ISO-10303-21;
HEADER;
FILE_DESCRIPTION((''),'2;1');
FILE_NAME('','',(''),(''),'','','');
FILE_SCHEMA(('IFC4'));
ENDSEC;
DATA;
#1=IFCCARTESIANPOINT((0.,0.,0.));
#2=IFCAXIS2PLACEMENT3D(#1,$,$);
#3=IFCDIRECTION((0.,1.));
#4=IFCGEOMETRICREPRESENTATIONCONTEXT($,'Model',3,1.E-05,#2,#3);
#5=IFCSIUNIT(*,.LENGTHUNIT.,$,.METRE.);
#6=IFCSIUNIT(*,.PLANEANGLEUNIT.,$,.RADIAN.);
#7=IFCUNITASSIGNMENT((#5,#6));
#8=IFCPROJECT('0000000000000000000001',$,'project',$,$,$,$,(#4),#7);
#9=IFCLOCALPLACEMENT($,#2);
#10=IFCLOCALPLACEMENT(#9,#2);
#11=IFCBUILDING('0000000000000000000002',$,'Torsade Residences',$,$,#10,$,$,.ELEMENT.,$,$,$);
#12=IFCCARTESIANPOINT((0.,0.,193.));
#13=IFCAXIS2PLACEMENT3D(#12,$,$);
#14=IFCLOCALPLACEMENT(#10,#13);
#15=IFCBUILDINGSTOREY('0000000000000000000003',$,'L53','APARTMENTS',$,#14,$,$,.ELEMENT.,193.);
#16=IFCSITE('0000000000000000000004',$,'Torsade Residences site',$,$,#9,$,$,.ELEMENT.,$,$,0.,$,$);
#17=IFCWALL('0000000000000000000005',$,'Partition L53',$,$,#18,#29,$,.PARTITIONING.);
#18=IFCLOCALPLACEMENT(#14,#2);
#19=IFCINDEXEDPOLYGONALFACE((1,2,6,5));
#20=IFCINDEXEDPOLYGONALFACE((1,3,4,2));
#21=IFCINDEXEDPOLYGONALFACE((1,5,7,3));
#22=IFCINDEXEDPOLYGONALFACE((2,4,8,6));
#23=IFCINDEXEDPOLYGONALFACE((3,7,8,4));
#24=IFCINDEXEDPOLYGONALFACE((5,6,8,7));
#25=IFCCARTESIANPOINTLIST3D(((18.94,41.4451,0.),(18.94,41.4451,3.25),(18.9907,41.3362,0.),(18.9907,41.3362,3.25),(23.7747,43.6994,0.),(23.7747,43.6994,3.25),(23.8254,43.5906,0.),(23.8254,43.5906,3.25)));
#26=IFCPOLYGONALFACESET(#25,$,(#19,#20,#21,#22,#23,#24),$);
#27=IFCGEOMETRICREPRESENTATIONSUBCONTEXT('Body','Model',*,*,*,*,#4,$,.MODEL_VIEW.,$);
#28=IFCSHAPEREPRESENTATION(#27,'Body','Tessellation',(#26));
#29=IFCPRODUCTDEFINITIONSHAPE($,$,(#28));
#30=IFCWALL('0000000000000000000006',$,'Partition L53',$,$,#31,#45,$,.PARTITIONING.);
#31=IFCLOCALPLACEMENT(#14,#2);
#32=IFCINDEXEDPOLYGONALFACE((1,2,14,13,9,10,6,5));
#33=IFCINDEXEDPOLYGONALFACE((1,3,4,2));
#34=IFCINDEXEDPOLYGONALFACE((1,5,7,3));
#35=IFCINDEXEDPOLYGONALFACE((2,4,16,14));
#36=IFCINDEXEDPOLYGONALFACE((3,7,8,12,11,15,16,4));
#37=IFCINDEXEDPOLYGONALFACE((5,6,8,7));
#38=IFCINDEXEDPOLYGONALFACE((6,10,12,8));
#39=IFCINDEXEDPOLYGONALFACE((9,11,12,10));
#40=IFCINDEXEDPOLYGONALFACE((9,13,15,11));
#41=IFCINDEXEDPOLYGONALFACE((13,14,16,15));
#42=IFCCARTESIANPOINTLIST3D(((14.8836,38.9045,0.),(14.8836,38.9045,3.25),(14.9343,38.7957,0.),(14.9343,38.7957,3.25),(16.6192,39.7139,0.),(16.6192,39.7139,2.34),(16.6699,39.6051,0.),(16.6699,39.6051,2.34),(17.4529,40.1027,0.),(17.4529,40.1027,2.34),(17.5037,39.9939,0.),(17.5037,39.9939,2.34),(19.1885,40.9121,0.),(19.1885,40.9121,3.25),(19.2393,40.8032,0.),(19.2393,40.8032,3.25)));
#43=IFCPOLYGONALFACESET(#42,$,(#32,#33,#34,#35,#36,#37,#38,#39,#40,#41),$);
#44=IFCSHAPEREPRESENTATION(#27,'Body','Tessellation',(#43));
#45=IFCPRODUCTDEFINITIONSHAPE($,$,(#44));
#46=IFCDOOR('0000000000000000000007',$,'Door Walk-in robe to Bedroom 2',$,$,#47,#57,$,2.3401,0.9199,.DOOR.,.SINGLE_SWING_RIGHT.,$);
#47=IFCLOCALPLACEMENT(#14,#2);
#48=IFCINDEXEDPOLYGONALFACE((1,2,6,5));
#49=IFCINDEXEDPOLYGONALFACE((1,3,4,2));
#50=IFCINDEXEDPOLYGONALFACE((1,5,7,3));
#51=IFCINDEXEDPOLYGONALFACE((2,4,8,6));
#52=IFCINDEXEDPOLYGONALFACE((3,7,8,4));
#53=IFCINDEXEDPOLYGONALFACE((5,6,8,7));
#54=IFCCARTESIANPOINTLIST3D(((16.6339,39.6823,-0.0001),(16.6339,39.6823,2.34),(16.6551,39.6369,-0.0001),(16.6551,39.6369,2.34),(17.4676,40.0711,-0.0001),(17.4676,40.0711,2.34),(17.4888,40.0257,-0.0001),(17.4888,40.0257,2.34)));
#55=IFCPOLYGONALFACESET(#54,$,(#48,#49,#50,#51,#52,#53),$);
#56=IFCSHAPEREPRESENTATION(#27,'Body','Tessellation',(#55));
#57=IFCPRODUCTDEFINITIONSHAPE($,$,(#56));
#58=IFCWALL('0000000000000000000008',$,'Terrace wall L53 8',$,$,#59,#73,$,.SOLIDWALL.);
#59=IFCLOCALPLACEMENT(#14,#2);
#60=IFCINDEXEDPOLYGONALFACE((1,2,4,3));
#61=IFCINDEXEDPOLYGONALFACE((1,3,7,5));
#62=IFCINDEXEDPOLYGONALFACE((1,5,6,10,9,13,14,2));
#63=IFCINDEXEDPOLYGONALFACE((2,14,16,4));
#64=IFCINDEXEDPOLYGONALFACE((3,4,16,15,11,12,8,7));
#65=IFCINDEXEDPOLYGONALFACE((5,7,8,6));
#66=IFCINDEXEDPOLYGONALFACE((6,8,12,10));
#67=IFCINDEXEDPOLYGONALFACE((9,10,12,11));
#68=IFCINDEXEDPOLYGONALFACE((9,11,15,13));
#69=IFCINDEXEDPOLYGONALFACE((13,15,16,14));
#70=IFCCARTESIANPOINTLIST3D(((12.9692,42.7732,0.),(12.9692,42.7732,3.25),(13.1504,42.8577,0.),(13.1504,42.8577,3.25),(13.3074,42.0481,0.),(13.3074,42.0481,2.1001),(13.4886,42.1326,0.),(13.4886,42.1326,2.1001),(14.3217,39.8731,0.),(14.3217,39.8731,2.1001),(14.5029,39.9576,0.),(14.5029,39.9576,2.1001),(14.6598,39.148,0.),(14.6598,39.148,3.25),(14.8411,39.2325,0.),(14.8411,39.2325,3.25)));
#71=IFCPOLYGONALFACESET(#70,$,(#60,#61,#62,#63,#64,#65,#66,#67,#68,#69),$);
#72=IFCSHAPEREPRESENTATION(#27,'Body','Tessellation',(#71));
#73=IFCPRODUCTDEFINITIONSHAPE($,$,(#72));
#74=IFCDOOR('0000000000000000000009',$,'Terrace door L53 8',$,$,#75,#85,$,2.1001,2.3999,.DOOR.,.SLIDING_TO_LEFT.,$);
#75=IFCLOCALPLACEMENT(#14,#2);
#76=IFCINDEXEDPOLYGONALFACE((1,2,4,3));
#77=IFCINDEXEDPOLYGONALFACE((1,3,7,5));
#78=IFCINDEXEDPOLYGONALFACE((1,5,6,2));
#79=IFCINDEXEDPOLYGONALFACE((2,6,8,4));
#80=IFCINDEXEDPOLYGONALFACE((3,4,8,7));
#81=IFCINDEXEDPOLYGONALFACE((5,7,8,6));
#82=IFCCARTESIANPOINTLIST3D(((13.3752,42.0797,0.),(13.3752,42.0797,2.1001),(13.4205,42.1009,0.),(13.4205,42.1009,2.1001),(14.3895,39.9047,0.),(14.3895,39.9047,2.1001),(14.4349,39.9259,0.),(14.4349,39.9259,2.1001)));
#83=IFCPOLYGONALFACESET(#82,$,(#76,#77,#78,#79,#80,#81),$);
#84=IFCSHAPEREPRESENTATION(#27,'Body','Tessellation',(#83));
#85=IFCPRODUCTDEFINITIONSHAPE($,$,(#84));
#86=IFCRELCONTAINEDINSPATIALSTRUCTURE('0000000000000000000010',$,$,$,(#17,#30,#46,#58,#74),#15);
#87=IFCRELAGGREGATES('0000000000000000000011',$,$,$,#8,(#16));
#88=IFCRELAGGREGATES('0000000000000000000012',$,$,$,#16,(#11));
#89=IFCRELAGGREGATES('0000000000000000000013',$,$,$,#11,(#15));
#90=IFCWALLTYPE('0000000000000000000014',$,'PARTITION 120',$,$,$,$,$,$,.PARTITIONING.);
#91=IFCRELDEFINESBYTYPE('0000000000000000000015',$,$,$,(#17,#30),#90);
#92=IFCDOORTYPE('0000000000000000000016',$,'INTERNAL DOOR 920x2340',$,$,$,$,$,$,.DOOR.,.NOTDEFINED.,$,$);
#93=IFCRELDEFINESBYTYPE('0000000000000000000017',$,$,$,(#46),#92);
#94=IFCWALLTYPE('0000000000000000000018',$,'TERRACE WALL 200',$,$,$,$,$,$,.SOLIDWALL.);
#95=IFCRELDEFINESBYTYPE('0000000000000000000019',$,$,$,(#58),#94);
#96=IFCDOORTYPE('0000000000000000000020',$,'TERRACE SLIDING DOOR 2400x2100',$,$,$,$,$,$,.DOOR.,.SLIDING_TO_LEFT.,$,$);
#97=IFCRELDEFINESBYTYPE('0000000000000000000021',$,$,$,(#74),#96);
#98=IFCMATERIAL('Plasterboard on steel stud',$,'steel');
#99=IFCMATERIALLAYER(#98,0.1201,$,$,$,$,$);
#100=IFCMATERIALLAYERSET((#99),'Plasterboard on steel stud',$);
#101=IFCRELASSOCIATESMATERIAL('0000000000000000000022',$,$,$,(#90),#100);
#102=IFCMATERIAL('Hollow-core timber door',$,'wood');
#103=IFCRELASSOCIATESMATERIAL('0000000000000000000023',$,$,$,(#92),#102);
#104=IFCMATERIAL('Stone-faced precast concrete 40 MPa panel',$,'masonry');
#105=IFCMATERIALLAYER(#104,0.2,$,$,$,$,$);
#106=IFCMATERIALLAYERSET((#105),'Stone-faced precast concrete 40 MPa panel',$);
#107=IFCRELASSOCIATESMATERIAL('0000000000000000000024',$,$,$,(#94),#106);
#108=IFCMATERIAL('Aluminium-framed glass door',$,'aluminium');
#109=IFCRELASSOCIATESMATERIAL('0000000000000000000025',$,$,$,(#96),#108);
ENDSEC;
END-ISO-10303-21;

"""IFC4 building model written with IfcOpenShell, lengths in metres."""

from ifc_helpers import new_model, si_unit, direction, frame, frame_2d, origin, place, context, subcontext, project, spatial, rectangle, extrude, material, layer, layer_set, type_object, element, fill, save


model = new_model("IFC4")

# Units and contexts
model_context = context("Model", 3, precision=1e-05, world=origin(), true_north=direction((0.0, 1.0)))
body_context = subcontext(model_context, "Body", "Model", "MODEL_VIEW")
ifc_project = project(units=[si_unit("LENGTHUNIT", "METRE"), si_unit("PLANEANGLEUNIT", "RADIAN")], contexts=[model_context])

# Site, building, storey
site_placement = place(None, origin())
site = spatial("IfcSite", under=ifc_project, at=site_placement, Name="Torsade Residences site", CompositionType="ELEMENT", RefElevation=0.0)
building_placement = place(site_placement, origin())
building = spatial("IfcBuilding", under=site, at=building_placement, Name="Torsade Residences", CompositionType="ELEMENT")
storey_placement = place(building_placement, frame((0.0, 0.0, 193.0)))
storey = spatial("IfcBuildingStorey", under=building, at=storey_placement, Name="L53", Description="APARTMENTS", CompositionType="ELEMENT", Elevation=193.0)

# Shared definitions
ifc_material_1 = material(Name="Plasterboard on steel stud", Category="steel")
ifc_layer_1 = layer(ifc_material_1, 0.1201)
ifc_layer_set_1 = layer_set([ifc_layer_1], Name="Plasterboard on steel stud")
wall_type_1 = type_object("IfcWallType", Name="PARTITION 120", PredefinedType="PARTITIONING", material=ifc_layer_set_1)

# Wall
wall_1_placement = place(storey_placement, frame((18.9653, 41.3906, 0.0), z_axis=(0.0, 0.0, 1.0), x_axis=(0.906313, 0.422607, 0.0)))
element("IfcWall", 1, at=wall_1_placement, inside=storey, type_object=wall_type_1, Name="Partition L53", PredefinedType="PARTITIONING", context=body_context, shape_type="SweptSolid", body=[
    extrude(rectangle(XDim=5.3345, YDim=0.1201, at=frame_2d((2.6672, 0.0))), origin(), (0.0, 0.0, 1.0), 3.25),
])

# Walls, openings, doors
wall_2_placement = place(storey_placement, frame((19.2139, 40.8577, 0.0), z_axis=(0.0, 0.0, 1.0), x_axis=(-0.906296, -0.422643, 0.0)))
wall_2 = element("IfcWall", 2, at=wall_2_placement, inside=storey, type_object=wall_type_1, Name="Partition L53", PredefinedType="PARTITIONING", context=body_context, shape_type="SweptSolid", body=[
    extrude(rectangle(XDim=4.75, YDim=0.1201, at=frame_2d((2.375, 0.0))), origin(), (0.0, 0.0, 1.0), 3.25),
])
opening_1_placement = place(wall_2_placement, frame((1.915, 0.0, 0.0)))
opening_1 = element("IfcOpeningElement", 3, at=opening_1_placement, cuts=wall_2, PredefinedType="OPENING", context=body_context, shape_type="SweptSolid", body=[
    extrude(rectangle(XDim=0.9199, YDim=2.3401, at=frame_2d((0.46, 1.1699))), frame((0.0, 0.0701, 0.0), z_axis=(0.0, -1.0, 0.0), x_axis=(1.0, 0.0, 0.0)), (0.0, 0.0, 1.0), 0.1401),
])
ifc_material_2 = material(Name="Hollow-core timber door", Category="wood")
door_type_1 = type_object("IfcDoorType", Name="INTERNAL DOOR 920x2340", OperationType="NOTDEFINED", PredefinedType="DOOR", material=ifc_material_2)
door_1_placement = place(opening_1_placement, origin())
door_1 = element("IfcDoor", 4, at=door_1_placement, inside=storey, type_object=door_type_1, Name="Door Walk-in robe to Bedroom 2", OperationType="SINGLE_SWING_RIGHT", OverallHeight=2.3401, OverallWidth=0.9199, PredefinedType="DOOR", context=body_context, shape_type="SweptSolid", body=[
    extrude(rectangle(XDim=0.9199, YDim=2.3401, at=frame_2d((0.46, 1.1699))), frame((0.0, 0.0249, 0.0), z_axis=(0.0, -1.0, 0.0), x_axis=(1.0, 0.0, 0.0)), (0.0, 0.0, 1.0), 0.05),
])
fill(opening_1, door_1)
ifc_material_3 = material(Name="Stone-faced precast concrete 40 MPa panel", Category="masonry")
ifc_layer_2 = layer(ifc_material_3, 0.2)
ifc_layer_set_2 = layer_set([ifc_layer_2], Name="Stone-faced precast concrete 40 MPa panel")
wall_type_2 = type_object("IfcWallType", Name="TERRACE WALL 200", PredefinedType="SOLIDWALL", material=ifc_layer_set_2)
wall_3_placement = place(storey_placement, frame((13.0598, 42.8154, 0.0), z_axis=(0.0, 0.0, 1.0), x_axis=(0.422658, -0.906289, 0.0)))
wall_3 = element("IfcWall", 5, at=wall_3_placement, inside=storey, type_object=wall_type_2, Name="Terrace wall L53 8", PredefinedType="SOLIDWALL", context=body_context, shape_type="SweptSolid", body=[
    extrude(rectangle(XDim=4.0, YDim=0.2, at=frame_2d((2.0, 0.0))), origin(), (0.0, 0.0, 1.0), 3.25),
])
opening_2_placement = place(wall_3_placement, frame((0.8, 0.0, 0.0)))
opening_2 = element("IfcOpeningElement", 6, at=opening_2_placement, cuts=wall_3, PredefinedType="OPENING", context=body_context, shape_type="SweptSolid", body=[
    extrude(rectangle(XDim=2.3999, YDim=2.1001, at=frame_2d((1.2, 1.05))), frame((0.0, 0.1099, 0.0), z_axis=(0.0, -1.0, 0.0), x_axis=(1.0, 0.0, 0.0)), (0.0, 0.0, 1.0), 0.22),
])
ifc_material_4 = material(Name="Aluminium-framed glass door", Category="aluminium")
door_type_2 = type_object("IfcDoorType", Name="TERRACE SLIDING DOOR 2400x2100", OperationType="SLIDING_TO_LEFT", PredefinedType="DOOR", material=ifc_material_4)
door_2_placement = place(opening_2_placement, origin())
door_2 = element("IfcDoor", 7, at=door_2_placement, inside=storey, type_object=door_type_2, Name="Terrace door L53 8", OperationType="SLIDING_TO_LEFT", OverallHeight=2.1001, OverallWidth=2.3999, PredefinedType="DOOR", context=body_context, shape_type="SweptSolid", body=[
    extrude(rectangle(XDim=2.3999, YDim=2.1001, at=frame_2d((1.2, 1.05))), frame((0.0, 0.0249, 0.0), z_axis=(0.0, -1.0, 0.0), x_axis=(1.0, 0.0, 0.0)), (0.0, 0.0, 1.0), 0.05),
])
fill(opening_2, door_2)

save(model, "model.ifc")
